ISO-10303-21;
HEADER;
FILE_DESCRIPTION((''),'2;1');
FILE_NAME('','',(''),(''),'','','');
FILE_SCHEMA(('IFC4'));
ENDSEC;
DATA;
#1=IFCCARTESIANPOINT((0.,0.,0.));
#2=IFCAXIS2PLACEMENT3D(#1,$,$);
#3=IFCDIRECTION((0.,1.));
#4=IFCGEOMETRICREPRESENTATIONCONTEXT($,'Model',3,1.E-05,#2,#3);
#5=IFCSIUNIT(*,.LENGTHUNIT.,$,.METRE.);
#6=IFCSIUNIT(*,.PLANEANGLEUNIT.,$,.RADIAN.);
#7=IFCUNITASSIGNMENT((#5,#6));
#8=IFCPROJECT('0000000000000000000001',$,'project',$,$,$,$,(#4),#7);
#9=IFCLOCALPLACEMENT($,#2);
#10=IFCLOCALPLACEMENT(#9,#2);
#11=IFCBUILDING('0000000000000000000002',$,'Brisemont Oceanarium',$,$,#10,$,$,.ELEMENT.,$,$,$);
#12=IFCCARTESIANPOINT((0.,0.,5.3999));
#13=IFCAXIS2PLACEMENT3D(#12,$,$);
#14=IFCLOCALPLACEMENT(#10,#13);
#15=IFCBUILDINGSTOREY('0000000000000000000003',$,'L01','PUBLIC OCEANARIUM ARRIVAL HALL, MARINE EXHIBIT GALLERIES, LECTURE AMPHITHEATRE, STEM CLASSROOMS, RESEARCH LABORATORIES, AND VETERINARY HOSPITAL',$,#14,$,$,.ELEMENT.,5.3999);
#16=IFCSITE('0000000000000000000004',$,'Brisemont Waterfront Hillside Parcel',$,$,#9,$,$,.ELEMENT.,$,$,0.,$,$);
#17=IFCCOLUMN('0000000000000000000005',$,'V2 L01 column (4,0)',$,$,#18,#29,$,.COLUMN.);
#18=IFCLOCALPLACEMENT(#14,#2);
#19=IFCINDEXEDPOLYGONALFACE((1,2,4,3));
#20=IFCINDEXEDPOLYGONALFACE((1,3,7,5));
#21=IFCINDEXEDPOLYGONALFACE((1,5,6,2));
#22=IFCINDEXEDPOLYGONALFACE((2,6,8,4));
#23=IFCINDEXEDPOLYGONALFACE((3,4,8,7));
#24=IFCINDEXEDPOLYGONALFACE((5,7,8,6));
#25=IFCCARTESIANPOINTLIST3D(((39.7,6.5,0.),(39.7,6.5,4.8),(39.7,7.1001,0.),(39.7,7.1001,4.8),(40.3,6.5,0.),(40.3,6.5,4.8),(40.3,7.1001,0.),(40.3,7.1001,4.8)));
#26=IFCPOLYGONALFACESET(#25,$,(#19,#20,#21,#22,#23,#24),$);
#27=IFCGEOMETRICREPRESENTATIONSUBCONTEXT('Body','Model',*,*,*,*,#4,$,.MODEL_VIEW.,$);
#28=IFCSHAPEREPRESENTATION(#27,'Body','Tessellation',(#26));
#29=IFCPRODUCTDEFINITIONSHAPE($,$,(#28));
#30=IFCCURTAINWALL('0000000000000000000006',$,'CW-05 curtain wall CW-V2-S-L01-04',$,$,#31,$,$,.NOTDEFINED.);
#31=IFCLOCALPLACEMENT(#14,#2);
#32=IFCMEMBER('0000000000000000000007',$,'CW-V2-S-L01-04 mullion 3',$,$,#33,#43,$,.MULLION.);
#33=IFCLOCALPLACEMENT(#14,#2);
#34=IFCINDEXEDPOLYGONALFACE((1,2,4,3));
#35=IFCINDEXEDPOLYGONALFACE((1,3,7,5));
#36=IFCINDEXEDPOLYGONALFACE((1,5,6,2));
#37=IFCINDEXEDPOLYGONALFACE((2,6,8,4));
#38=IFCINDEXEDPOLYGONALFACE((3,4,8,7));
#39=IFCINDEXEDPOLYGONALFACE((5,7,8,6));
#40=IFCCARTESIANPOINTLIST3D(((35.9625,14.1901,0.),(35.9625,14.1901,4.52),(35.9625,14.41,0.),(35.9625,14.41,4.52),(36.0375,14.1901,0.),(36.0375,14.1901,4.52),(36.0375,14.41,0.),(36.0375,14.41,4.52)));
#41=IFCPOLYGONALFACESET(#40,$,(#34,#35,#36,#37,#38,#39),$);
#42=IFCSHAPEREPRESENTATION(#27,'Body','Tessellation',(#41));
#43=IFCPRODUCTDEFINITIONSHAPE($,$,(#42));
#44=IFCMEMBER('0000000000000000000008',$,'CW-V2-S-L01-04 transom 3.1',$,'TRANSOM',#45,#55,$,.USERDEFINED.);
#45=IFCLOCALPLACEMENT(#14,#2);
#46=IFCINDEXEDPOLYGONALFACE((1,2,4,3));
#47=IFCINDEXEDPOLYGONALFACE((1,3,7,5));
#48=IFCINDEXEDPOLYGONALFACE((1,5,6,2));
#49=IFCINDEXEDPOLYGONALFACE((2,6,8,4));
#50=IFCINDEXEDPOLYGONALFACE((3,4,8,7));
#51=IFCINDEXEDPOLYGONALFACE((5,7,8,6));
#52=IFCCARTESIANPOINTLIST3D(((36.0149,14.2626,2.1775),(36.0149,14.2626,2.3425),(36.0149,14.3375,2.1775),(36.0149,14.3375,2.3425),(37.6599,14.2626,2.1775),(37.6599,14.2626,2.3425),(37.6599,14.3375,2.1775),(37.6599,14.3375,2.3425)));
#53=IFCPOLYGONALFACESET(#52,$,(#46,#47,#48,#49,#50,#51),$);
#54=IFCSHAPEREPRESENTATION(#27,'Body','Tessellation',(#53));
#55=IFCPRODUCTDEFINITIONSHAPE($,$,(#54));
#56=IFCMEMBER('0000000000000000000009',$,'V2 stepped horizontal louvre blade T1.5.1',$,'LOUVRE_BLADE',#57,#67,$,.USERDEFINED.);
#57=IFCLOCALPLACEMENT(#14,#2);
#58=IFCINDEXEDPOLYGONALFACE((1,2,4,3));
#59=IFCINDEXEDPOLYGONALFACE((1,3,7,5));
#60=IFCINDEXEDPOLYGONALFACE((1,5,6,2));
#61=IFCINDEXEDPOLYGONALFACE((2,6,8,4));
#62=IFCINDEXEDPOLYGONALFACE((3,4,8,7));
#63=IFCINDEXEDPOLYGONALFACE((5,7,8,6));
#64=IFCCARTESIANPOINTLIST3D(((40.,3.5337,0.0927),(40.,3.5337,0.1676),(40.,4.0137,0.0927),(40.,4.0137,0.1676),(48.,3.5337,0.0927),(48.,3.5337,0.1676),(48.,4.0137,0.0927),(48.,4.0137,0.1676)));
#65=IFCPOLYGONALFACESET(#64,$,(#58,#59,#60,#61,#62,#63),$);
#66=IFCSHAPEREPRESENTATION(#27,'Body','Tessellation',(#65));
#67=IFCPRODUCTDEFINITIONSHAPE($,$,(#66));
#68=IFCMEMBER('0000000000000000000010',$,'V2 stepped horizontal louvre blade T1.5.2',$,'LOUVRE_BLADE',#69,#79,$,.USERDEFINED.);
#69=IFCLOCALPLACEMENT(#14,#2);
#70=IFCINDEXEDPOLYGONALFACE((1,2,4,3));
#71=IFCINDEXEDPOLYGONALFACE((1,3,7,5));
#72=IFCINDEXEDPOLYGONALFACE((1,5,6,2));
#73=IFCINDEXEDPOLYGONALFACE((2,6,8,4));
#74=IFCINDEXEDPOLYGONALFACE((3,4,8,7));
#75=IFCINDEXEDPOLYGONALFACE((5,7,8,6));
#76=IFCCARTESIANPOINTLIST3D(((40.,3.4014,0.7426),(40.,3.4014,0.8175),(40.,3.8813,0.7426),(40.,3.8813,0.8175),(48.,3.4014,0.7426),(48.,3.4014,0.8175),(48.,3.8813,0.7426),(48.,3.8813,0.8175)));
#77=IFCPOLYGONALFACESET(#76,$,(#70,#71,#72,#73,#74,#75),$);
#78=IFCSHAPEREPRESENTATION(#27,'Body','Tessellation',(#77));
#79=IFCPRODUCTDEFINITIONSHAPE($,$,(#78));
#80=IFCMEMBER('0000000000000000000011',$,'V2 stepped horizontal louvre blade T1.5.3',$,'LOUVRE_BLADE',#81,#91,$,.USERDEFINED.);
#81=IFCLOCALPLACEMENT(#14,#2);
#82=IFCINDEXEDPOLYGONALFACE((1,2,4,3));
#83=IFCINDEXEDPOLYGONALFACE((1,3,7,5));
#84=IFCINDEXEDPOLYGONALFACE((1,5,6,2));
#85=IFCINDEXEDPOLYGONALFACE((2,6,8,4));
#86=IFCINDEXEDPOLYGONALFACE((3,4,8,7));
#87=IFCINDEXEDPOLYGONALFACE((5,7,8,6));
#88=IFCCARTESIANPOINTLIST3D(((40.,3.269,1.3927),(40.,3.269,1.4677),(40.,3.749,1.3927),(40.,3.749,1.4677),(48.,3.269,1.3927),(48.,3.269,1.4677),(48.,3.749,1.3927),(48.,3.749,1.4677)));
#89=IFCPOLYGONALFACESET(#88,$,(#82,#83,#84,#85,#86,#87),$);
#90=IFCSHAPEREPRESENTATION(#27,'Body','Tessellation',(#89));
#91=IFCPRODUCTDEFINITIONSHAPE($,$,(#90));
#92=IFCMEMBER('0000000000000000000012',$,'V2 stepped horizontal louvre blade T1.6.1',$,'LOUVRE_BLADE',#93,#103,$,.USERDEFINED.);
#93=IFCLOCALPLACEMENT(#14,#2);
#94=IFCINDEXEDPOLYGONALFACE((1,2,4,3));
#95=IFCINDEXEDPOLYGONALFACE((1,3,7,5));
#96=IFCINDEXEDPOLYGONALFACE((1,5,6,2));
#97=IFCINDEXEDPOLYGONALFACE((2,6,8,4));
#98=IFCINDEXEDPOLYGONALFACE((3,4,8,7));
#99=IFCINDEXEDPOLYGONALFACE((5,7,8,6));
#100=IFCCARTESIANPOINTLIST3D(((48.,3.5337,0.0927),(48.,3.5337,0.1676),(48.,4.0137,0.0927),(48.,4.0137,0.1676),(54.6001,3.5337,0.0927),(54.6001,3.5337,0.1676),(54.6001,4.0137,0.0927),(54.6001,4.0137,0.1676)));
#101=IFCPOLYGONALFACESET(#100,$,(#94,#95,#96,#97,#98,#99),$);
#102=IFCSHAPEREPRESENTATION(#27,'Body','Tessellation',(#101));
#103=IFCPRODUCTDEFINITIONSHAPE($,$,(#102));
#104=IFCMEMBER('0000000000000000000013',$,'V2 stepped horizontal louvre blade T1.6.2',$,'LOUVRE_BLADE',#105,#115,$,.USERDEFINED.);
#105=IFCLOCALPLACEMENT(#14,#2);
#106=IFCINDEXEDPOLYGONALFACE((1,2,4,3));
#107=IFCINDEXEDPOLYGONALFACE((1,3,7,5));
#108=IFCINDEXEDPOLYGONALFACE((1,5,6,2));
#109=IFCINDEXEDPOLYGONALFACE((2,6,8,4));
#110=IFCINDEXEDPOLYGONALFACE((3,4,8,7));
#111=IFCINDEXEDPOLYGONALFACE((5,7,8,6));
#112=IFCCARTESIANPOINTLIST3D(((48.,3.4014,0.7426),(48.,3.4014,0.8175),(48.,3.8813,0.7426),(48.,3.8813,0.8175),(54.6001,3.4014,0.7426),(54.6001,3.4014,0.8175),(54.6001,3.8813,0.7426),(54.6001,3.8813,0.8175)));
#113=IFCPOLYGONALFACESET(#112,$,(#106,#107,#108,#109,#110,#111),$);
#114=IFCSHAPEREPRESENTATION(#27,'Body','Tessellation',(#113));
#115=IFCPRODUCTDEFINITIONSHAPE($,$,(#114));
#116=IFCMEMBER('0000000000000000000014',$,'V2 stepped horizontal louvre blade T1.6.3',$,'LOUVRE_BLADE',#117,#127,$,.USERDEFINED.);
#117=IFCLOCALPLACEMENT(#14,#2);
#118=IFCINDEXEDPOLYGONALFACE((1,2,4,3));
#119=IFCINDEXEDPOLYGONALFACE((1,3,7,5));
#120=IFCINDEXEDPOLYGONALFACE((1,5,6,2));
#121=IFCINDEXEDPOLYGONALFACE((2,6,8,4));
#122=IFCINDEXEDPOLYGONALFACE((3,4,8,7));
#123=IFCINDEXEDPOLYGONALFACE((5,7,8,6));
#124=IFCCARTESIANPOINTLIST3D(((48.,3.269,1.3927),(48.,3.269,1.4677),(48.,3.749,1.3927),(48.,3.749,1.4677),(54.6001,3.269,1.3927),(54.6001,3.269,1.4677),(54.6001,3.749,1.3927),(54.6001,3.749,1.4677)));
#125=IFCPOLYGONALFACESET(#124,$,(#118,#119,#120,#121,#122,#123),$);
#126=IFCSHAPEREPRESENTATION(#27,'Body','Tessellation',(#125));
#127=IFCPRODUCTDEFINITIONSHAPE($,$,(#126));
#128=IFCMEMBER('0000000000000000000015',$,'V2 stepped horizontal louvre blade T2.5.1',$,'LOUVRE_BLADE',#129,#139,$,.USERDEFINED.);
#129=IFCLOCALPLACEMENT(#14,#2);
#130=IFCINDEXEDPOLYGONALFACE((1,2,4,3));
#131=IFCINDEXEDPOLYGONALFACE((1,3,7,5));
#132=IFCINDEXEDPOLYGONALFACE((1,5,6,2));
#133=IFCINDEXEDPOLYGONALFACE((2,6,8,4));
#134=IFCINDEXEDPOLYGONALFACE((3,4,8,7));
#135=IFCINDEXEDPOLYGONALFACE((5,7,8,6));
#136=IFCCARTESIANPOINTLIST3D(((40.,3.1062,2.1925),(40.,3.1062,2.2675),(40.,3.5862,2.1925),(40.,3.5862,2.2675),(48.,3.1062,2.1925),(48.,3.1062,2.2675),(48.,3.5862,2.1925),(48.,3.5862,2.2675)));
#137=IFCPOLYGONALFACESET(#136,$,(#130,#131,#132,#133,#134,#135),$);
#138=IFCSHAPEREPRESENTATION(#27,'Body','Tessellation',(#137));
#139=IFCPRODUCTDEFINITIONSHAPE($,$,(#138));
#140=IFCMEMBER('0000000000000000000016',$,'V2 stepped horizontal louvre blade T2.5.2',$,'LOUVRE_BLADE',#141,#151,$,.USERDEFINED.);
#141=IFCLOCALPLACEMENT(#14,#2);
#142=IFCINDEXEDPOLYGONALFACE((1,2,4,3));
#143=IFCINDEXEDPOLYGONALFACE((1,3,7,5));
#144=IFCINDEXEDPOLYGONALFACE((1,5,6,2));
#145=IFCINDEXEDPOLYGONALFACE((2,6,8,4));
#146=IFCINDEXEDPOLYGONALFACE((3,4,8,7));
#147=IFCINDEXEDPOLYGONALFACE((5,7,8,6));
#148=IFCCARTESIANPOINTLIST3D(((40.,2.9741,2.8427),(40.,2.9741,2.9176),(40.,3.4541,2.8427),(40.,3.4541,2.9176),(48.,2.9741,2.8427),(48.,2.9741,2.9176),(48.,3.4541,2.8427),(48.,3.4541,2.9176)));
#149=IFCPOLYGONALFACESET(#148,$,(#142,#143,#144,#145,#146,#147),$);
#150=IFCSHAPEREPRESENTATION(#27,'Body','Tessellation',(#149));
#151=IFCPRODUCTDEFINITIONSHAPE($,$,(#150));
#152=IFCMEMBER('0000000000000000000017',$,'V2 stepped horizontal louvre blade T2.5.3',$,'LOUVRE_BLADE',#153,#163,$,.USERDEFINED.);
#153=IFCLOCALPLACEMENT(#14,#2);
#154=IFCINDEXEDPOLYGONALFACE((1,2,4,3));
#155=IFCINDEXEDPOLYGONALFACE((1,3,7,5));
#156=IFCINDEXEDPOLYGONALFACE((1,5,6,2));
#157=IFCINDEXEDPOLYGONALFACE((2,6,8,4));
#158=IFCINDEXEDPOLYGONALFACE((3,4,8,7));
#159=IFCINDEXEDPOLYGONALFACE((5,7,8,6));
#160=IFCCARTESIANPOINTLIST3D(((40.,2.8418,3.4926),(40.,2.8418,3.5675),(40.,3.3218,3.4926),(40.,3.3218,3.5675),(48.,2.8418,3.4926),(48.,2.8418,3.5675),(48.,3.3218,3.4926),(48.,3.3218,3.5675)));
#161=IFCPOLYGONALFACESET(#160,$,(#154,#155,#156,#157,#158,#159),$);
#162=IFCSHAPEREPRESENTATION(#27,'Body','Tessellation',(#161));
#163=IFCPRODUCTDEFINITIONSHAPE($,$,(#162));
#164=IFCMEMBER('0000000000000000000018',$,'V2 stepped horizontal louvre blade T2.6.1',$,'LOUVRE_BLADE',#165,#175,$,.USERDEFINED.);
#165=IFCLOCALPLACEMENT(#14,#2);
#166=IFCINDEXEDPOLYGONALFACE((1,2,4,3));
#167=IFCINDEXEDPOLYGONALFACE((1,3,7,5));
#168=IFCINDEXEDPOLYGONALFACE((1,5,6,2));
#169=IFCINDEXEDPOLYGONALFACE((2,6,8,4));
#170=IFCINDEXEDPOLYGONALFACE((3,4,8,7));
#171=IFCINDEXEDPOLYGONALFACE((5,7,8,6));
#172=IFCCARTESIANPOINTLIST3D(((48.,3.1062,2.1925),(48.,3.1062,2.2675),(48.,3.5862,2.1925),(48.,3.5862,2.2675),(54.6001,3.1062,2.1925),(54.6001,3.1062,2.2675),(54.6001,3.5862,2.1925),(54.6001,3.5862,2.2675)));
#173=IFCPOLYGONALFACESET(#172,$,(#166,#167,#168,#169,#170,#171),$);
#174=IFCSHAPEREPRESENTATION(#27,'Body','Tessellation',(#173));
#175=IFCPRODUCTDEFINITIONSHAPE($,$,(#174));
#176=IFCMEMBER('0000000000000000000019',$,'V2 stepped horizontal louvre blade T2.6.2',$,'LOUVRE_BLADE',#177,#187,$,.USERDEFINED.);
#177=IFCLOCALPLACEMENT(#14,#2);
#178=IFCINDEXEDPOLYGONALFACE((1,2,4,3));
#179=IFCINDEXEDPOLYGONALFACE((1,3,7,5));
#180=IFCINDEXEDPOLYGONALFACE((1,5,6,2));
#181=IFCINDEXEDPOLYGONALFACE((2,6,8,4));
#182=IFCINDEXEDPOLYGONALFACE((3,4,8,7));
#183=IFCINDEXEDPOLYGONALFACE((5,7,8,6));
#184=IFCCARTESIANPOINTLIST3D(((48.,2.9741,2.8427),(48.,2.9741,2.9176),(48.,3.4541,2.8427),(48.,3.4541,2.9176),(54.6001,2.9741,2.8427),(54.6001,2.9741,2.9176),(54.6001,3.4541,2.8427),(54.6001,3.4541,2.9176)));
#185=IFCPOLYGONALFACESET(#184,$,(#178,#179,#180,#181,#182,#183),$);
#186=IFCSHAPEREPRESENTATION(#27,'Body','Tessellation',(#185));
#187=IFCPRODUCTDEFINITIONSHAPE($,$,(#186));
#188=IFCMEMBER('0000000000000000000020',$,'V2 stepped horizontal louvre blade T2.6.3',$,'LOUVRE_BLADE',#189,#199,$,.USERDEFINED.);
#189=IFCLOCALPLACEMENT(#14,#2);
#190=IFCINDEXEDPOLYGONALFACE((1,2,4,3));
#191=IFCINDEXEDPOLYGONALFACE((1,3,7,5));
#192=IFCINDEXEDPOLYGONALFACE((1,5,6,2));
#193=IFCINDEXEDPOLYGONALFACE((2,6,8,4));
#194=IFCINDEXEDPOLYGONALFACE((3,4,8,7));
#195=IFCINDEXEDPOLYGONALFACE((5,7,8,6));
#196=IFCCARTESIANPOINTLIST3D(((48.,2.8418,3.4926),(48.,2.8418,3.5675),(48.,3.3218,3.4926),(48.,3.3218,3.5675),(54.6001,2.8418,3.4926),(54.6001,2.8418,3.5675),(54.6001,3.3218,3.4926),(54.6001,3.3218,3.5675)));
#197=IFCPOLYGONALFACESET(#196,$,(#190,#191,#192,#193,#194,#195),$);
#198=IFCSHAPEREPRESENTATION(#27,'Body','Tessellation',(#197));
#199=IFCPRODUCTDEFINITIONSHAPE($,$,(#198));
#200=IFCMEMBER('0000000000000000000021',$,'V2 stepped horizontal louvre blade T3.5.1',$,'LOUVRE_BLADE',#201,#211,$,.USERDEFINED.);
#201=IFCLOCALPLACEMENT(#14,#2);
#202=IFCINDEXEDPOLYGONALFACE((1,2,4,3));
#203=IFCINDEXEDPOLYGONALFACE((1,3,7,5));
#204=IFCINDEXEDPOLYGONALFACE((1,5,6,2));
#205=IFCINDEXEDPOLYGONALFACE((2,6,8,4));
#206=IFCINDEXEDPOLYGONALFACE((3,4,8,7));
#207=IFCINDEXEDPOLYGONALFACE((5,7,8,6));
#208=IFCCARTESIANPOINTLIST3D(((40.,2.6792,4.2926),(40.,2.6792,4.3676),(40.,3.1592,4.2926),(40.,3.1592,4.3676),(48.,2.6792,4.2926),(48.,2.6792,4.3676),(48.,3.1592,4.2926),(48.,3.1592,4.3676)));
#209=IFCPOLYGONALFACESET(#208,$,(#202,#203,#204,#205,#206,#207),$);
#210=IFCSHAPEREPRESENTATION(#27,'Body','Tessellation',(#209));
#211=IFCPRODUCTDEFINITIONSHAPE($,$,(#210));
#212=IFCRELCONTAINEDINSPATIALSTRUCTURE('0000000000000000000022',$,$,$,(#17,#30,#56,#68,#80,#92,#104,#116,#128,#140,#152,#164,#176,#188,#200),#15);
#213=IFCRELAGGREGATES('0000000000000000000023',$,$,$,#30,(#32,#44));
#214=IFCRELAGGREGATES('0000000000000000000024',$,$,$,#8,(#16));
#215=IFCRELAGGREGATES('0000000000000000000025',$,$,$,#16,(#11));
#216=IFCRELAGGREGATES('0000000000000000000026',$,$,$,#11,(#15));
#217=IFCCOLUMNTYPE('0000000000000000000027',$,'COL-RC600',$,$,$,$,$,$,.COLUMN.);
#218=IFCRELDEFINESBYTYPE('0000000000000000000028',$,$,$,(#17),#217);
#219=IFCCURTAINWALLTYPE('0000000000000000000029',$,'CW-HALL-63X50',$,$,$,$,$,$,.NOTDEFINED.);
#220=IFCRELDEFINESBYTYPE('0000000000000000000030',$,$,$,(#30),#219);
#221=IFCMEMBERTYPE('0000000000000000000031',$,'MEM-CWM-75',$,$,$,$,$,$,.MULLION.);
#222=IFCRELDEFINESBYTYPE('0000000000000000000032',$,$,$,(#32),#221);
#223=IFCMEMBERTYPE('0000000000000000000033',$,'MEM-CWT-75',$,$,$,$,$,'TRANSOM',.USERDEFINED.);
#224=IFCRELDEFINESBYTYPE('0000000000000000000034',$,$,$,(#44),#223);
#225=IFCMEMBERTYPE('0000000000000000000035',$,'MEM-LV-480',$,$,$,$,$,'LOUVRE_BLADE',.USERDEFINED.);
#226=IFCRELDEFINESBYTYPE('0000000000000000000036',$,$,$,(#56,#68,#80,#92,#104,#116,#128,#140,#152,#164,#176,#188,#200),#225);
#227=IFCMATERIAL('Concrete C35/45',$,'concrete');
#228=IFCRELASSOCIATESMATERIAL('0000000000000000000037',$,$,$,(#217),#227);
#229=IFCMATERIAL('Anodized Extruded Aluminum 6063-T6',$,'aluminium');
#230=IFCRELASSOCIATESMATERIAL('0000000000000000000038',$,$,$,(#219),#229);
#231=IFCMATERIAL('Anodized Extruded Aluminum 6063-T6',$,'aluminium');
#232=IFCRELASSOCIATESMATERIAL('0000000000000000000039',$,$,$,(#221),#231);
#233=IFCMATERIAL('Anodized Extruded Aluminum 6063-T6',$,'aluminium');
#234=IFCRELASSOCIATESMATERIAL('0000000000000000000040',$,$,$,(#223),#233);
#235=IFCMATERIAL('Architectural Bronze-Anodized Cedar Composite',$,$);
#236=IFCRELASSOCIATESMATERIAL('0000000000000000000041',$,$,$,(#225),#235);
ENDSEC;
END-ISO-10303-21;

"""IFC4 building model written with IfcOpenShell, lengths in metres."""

from ifc_helpers import new_model, si_unit, direction, frame, origin, origin_2d, place, context, subcontext, project, spatial, rectangle, extrude, material, material_profile, profile_set, type_object, element, aggregate, save


model = new_model("IFC4")

# Units and contexts
model_context = context("Model", 3, precision=1e-05, world=origin(), true_north=direction((0.0, 1.0)))
body_context = subcontext(model_context, "Body", "Model", "MODEL_VIEW")
ifc_project = project(units=[si_unit("LENGTHUNIT", "METRE"), si_unit("PLANEANGLEUNIT", "RADIAN")], contexts=[model_context])

# Site, building, storey
site_placement = place(None, origin())
site = spatial("IfcSite", under=ifc_project, at=site_placement, Name="Brisemont Waterfront Hillside Parcel", CompositionType="ELEMENT", RefElevation=0.0)
building_placement = place(site_placement, origin())
building = spatial("IfcBuilding", under=site, at=building_placement, Name="Brisemont Oceanarium", CompositionType="ELEMENT")
storey_placement = place(building_placement, frame((0.0, 0.0, 5.3999)))
storey = spatial("IfcBuildingStorey", under=building, at=storey_placement, Name="L01", Description="PUBLIC OCEANARIUM ARRIVAL HALL, MARINE EXHIBIT GALLERIES, LECTURE AMPHITHEATRE, STEM CLASSROOMS, RESEARCH LABORATORIES, AND VETERINARY HOSPITAL", CompositionType="ELEMENT", Elevation=5.3999)

# Column
ifc_material_1 = material(Name="Concrete C35/45", Category="concrete")
ifc_material_profile_1 = material_profile(ifc_material_1, rectangle(XDim=0.6001, YDim=0.6001, at=origin_2d()), Name="RC-COL-600X600")
ifc_profile_set_1 = profile_set([ifc_material_profile_1], Name="Concrete C35/45")
column_type = type_object("IfcColumnType", Name="COL-RC600", PredefinedType="COLUMN", material=ifc_profile_set_1)
column_placement = place(storey_placement, frame((40.0, 6.8, 0.0), z_axis=(0.0, 0.0, 1.0), x_axis=(1.0, 0.0, 0.0)))
element("IfcColumn", 1, at=column_placement, inside=storey, type_object=column_type, Name="V2 L01 column (4,0)", PredefinedType="COLUMN", context=body_context, shape_type="SweptSolid", body=[
    extrude(rectangle(XDim=0.6001, YDim=0.6001, at=origin_2d()), origin(), (0.0, 0.0, 1.0), 4.8),
])

# Curtain wall, members
ifc_material_2 = material(Name="Anodized Extruded Aluminum 6063-T6", Category="aluminium")
curtain_wall_type = type_object("IfcCurtainWallType", Name="CW-HALL-63X50", PredefinedType="NOTDEFINED", material=ifc_material_2)
curtain_wall_placement = place(storey_placement, origin())
curtain_wall = element("IfcCurtainWall", 2, at=curtain_wall_placement, inside=storey, type_object=curtain_wall_type, Name="CW-05 curtain wall CW-V2-S-L01-04", PredefinedType="NOTDEFINED")
ifc_material_3 = material(Name="Anodized Extruded Aluminum 6063-T6", Category="aluminium")
ifc_material_profile_2 = material_profile(ifc_material_3, rectangle(XDim=0.075, YDim=0.22, at=origin_2d()), Name="CWM-75X220")
ifc_profile_set_2 = profile_set([ifc_material_profile_2], Name="Anodized Extruded Aluminum 6063-T6")
member_type_1 = type_object("IfcMemberType", Name="MEM-CWM-75", PredefinedType="MULLION", material=ifc_profile_set_2)
member_1_placement = place(storey_placement, frame((36.0, 14.3, 0.0), z_axis=(0.0, 0.0, 1.0), x_axis=(1.0, 0.0, 0.0)))
member_1 = element("IfcMember", 3, at=member_1_placement, type_object=member_type_1, Name="CW-V2-S-L01-04 mullion 3", PredefinedType="MULLION", context=body_context, shape_type="SweptSolid", body=[
    extrude(rectangle(XDim=0.075, YDim=0.22, at=origin_2d()), origin(), (0.0, 0.0, 1.0), 4.52),
])
ifc_material_4 = material(Name="Anodized Extruded Aluminum 6063-T6", Category="aluminium")
ifc_material_profile_3 = material_profile(ifc_material_4, rectangle(XDim=0.075, YDim=0.165, at=origin_2d()), Name="CWT-75X165")
ifc_profile_set_3 = profile_set([ifc_material_profile_3], Name="Anodized Extruded Aluminum 6063-T6")
member_type_2 = type_object("IfcMemberType", Name="MEM-CWT-75", ElementType="TRANSOM", PredefinedType="USERDEFINED", material=ifc_profile_set_3)
member_2_placement = place(storey_placement, frame((36.0149, 14.3, 2.26), z_axis=(1.0, 0.0, 0.0), x_axis=(0.0, 1.0, 0.0)))
member_2 = element("IfcMember", 4, at=member_2_placement, type_object=member_type_2, Name="CW-V2-S-L01-04 transom 3.1", ObjectType="TRANSOM", PredefinedType="USERDEFINED", context=body_context, shape_type="SweptSolid", body=[
    extrude(rectangle(XDim=0.075, YDim=0.165, at=origin_2d()), origin(), (0.0, 0.0, 1.0), 1.645),
])

# Members
ifc_material_5 = material(Name="Architectural Bronze-Anodized Cedar Composite")
ifc_material_profile_4 = material_profile(ifc_material_5, rectangle(XDim=0.48, YDim=0.075, at=origin_2d()), Name="LOUVRE-480X75")
ifc_profile_set_4 = profile_set([ifc_material_profile_4], Name="Architectural Bronze-Anodized Cedar Composite")
member_type_3 = type_object("IfcMemberType", Name="MEM-LV-480", ElementType="LOUVRE_BLADE", PredefinedType="USERDEFINED", material=ifc_profile_set_4)
for number, where, z_axis, x_axis, name in (
    (5, (40.0, 3.7737, 0.1301), (1.0, 0.0, 0.0), (0.0, 1.0, 0.0), "V2 stepped horizontal louvre blade T1.5.1"),
    (6, (40.0, 3.6414, 0.78), (1.0, 0.0, 0.0), (0.0, 1.0, 0.0), "V2 stepped horizontal louvre blade T1.5.2"),
    (7, (40.0, 3.509, 1.4302), (1.0, 0.0, 0.0), (0.0, 1.0, 0.0), "V2 stepped horizontal louvre blade T1.5.3"),
):
    element("IfcMember", number, at=place(storey_placement, frame(where, z_axis=z_axis, x_axis=x_axis)), inside=storey, type_object=member_type_3, Name=name, ObjectType="LOUVRE_BLADE", PredefinedType="USERDEFINED", context=body_context, shape_type="SweptSolid", body=[
        extrude(rectangle(XDim=0.48, YDim=0.075, at=origin_2d()), origin(), (0.0, 0.0, 1.0), 8.0),
    ])
for number, where, z_axis, x_axis, name in (
    (8, (48.0, 3.7737, 0.1301), (1.0, 0.0, 0.0), (0.0, 1.0, 0.0), "V2 stepped horizontal louvre blade T1.6.1"),
    (9, (48.0, 3.6414, 0.78), (1.0, 0.0, 0.0), (0.0, 1.0, 0.0), "V2 stepped horizontal louvre blade T1.6.2"),
    (10, (48.0, 3.509, 1.4302), (1.0, 0.0, 0.0), (0.0, 1.0, 0.0), "V2 stepped horizontal louvre blade T1.6.3"),
):
    element("IfcMember", number, at=place(storey_placement, frame(where, z_axis=z_axis, x_axis=x_axis)), inside=storey, type_object=member_type_3, Name=name, ObjectType="LOUVRE_BLADE", PredefinedType="USERDEFINED", context=body_context, shape_type="SweptSolid", body=[
        extrude(rectangle(XDim=0.48, YDim=0.075, at=origin_2d()), origin(), (0.0, 0.0, 1.0), 6.6001),
    ])
for number, where, z_axis, x_axis, name in (
    (11, (40.0, 3.3462, 2.23), (1.0, 0.0, 0.0), (0.0, 1.0, 0.0), "V2 stepped horizontal louvre blade T2.5.1"),
    (12, (40.0, 3.2141, 2.8801), (1.0, 0.0, 0.0), (0.0, 1.0, 0.0), "V2 stepped horizontal louvre blade T2.5.2"),
    (13, (40.0, 3.0818, 3.53), (1.0, 0.0, 0.0), (0.0, 1.0, 0.0), "V2 stepped horizontal louvre blade T2.5.3"),
):
    element("IfcMember", number, at=place(storey_placement, frame(where, z_axis=z_axis, x_axis=x_axis)), inside=storey, type_object=member_type_3, Name=name, ObjectType="LOUVRE_BLADE", PredefinedType="USERDEFINED", context=body_context, shape_type="SweptSolid", body=[
        extrude(rectangle(XDim=0.48, YDim=0.075, at=origin_2d()), origin(), (0.0, 0.0, 1.0), 8.0),
    ])
for number, where, z_axis, x_axis, name in (
    (14, (48.0, 3.3462, 2.23), (1.0, 0.0, 0.0), (0.0, 1.0, 0.0), "V2 stepped horizontal louvre blade T2.6.1"),
    (15, (48.0, 3.2141, 2.8801), (1.0, 0.0, 0.0), (0.0, 1.0, 0.0), "V2 stepped horizontal louvre blade T2.6.2"),
    (16, (48.0, 3.0818, 3.53), (1.0, 0.0, 0.0), (0.0, 1.0, 0.0), "V2 stepped horizontal louvre blade T2.6.3"),
):
    element("IfcMember", number, at=place(storey_placement, frame(where, z_axis=z_axis, x_axis=x_axis)), inside=storey, type_object=member_type_3, Name=name, ObjectType="LOUVRE_BLADE", PredefinedType="USERDEFINED", context=body_context, shape_type="SweptSolid", body=[
        extrude(rectangle(XDim=0.48, YDim=0.075, at=origin_2d()), origin(), (0.0, 0.0, 1.0), 6.6001),
    ])
for number, where, z_axis, x_axis, name in (
    (17, (40.0, 2.9192, 4.3301), (1.0, 0.0, 0.0), (0.0, 1.0, 0.0), "V2 stepped horizontal louvre blade T3.5.1"),
):
    element("IfcMember", number, at=place(storey_placement, frame(where, z_axis=z_axis, x_axis=x_axis)), inside=storey, type_object=member_type_3, Name=name, ObjectType="LOUVRE_BLADE", PredefinedType="USERDEFINED", context=body_context, shape_type="SweptSolid", body=[
        extrude(rectangle(XDim=0.48, YDim=0.075, at=origin_2d()), origin(), (0.0, 0.0, 1.0), 8.0),
    ])

aggregate(curtain_wall, [member_1, member_2])

save(model, "model.ifc")
